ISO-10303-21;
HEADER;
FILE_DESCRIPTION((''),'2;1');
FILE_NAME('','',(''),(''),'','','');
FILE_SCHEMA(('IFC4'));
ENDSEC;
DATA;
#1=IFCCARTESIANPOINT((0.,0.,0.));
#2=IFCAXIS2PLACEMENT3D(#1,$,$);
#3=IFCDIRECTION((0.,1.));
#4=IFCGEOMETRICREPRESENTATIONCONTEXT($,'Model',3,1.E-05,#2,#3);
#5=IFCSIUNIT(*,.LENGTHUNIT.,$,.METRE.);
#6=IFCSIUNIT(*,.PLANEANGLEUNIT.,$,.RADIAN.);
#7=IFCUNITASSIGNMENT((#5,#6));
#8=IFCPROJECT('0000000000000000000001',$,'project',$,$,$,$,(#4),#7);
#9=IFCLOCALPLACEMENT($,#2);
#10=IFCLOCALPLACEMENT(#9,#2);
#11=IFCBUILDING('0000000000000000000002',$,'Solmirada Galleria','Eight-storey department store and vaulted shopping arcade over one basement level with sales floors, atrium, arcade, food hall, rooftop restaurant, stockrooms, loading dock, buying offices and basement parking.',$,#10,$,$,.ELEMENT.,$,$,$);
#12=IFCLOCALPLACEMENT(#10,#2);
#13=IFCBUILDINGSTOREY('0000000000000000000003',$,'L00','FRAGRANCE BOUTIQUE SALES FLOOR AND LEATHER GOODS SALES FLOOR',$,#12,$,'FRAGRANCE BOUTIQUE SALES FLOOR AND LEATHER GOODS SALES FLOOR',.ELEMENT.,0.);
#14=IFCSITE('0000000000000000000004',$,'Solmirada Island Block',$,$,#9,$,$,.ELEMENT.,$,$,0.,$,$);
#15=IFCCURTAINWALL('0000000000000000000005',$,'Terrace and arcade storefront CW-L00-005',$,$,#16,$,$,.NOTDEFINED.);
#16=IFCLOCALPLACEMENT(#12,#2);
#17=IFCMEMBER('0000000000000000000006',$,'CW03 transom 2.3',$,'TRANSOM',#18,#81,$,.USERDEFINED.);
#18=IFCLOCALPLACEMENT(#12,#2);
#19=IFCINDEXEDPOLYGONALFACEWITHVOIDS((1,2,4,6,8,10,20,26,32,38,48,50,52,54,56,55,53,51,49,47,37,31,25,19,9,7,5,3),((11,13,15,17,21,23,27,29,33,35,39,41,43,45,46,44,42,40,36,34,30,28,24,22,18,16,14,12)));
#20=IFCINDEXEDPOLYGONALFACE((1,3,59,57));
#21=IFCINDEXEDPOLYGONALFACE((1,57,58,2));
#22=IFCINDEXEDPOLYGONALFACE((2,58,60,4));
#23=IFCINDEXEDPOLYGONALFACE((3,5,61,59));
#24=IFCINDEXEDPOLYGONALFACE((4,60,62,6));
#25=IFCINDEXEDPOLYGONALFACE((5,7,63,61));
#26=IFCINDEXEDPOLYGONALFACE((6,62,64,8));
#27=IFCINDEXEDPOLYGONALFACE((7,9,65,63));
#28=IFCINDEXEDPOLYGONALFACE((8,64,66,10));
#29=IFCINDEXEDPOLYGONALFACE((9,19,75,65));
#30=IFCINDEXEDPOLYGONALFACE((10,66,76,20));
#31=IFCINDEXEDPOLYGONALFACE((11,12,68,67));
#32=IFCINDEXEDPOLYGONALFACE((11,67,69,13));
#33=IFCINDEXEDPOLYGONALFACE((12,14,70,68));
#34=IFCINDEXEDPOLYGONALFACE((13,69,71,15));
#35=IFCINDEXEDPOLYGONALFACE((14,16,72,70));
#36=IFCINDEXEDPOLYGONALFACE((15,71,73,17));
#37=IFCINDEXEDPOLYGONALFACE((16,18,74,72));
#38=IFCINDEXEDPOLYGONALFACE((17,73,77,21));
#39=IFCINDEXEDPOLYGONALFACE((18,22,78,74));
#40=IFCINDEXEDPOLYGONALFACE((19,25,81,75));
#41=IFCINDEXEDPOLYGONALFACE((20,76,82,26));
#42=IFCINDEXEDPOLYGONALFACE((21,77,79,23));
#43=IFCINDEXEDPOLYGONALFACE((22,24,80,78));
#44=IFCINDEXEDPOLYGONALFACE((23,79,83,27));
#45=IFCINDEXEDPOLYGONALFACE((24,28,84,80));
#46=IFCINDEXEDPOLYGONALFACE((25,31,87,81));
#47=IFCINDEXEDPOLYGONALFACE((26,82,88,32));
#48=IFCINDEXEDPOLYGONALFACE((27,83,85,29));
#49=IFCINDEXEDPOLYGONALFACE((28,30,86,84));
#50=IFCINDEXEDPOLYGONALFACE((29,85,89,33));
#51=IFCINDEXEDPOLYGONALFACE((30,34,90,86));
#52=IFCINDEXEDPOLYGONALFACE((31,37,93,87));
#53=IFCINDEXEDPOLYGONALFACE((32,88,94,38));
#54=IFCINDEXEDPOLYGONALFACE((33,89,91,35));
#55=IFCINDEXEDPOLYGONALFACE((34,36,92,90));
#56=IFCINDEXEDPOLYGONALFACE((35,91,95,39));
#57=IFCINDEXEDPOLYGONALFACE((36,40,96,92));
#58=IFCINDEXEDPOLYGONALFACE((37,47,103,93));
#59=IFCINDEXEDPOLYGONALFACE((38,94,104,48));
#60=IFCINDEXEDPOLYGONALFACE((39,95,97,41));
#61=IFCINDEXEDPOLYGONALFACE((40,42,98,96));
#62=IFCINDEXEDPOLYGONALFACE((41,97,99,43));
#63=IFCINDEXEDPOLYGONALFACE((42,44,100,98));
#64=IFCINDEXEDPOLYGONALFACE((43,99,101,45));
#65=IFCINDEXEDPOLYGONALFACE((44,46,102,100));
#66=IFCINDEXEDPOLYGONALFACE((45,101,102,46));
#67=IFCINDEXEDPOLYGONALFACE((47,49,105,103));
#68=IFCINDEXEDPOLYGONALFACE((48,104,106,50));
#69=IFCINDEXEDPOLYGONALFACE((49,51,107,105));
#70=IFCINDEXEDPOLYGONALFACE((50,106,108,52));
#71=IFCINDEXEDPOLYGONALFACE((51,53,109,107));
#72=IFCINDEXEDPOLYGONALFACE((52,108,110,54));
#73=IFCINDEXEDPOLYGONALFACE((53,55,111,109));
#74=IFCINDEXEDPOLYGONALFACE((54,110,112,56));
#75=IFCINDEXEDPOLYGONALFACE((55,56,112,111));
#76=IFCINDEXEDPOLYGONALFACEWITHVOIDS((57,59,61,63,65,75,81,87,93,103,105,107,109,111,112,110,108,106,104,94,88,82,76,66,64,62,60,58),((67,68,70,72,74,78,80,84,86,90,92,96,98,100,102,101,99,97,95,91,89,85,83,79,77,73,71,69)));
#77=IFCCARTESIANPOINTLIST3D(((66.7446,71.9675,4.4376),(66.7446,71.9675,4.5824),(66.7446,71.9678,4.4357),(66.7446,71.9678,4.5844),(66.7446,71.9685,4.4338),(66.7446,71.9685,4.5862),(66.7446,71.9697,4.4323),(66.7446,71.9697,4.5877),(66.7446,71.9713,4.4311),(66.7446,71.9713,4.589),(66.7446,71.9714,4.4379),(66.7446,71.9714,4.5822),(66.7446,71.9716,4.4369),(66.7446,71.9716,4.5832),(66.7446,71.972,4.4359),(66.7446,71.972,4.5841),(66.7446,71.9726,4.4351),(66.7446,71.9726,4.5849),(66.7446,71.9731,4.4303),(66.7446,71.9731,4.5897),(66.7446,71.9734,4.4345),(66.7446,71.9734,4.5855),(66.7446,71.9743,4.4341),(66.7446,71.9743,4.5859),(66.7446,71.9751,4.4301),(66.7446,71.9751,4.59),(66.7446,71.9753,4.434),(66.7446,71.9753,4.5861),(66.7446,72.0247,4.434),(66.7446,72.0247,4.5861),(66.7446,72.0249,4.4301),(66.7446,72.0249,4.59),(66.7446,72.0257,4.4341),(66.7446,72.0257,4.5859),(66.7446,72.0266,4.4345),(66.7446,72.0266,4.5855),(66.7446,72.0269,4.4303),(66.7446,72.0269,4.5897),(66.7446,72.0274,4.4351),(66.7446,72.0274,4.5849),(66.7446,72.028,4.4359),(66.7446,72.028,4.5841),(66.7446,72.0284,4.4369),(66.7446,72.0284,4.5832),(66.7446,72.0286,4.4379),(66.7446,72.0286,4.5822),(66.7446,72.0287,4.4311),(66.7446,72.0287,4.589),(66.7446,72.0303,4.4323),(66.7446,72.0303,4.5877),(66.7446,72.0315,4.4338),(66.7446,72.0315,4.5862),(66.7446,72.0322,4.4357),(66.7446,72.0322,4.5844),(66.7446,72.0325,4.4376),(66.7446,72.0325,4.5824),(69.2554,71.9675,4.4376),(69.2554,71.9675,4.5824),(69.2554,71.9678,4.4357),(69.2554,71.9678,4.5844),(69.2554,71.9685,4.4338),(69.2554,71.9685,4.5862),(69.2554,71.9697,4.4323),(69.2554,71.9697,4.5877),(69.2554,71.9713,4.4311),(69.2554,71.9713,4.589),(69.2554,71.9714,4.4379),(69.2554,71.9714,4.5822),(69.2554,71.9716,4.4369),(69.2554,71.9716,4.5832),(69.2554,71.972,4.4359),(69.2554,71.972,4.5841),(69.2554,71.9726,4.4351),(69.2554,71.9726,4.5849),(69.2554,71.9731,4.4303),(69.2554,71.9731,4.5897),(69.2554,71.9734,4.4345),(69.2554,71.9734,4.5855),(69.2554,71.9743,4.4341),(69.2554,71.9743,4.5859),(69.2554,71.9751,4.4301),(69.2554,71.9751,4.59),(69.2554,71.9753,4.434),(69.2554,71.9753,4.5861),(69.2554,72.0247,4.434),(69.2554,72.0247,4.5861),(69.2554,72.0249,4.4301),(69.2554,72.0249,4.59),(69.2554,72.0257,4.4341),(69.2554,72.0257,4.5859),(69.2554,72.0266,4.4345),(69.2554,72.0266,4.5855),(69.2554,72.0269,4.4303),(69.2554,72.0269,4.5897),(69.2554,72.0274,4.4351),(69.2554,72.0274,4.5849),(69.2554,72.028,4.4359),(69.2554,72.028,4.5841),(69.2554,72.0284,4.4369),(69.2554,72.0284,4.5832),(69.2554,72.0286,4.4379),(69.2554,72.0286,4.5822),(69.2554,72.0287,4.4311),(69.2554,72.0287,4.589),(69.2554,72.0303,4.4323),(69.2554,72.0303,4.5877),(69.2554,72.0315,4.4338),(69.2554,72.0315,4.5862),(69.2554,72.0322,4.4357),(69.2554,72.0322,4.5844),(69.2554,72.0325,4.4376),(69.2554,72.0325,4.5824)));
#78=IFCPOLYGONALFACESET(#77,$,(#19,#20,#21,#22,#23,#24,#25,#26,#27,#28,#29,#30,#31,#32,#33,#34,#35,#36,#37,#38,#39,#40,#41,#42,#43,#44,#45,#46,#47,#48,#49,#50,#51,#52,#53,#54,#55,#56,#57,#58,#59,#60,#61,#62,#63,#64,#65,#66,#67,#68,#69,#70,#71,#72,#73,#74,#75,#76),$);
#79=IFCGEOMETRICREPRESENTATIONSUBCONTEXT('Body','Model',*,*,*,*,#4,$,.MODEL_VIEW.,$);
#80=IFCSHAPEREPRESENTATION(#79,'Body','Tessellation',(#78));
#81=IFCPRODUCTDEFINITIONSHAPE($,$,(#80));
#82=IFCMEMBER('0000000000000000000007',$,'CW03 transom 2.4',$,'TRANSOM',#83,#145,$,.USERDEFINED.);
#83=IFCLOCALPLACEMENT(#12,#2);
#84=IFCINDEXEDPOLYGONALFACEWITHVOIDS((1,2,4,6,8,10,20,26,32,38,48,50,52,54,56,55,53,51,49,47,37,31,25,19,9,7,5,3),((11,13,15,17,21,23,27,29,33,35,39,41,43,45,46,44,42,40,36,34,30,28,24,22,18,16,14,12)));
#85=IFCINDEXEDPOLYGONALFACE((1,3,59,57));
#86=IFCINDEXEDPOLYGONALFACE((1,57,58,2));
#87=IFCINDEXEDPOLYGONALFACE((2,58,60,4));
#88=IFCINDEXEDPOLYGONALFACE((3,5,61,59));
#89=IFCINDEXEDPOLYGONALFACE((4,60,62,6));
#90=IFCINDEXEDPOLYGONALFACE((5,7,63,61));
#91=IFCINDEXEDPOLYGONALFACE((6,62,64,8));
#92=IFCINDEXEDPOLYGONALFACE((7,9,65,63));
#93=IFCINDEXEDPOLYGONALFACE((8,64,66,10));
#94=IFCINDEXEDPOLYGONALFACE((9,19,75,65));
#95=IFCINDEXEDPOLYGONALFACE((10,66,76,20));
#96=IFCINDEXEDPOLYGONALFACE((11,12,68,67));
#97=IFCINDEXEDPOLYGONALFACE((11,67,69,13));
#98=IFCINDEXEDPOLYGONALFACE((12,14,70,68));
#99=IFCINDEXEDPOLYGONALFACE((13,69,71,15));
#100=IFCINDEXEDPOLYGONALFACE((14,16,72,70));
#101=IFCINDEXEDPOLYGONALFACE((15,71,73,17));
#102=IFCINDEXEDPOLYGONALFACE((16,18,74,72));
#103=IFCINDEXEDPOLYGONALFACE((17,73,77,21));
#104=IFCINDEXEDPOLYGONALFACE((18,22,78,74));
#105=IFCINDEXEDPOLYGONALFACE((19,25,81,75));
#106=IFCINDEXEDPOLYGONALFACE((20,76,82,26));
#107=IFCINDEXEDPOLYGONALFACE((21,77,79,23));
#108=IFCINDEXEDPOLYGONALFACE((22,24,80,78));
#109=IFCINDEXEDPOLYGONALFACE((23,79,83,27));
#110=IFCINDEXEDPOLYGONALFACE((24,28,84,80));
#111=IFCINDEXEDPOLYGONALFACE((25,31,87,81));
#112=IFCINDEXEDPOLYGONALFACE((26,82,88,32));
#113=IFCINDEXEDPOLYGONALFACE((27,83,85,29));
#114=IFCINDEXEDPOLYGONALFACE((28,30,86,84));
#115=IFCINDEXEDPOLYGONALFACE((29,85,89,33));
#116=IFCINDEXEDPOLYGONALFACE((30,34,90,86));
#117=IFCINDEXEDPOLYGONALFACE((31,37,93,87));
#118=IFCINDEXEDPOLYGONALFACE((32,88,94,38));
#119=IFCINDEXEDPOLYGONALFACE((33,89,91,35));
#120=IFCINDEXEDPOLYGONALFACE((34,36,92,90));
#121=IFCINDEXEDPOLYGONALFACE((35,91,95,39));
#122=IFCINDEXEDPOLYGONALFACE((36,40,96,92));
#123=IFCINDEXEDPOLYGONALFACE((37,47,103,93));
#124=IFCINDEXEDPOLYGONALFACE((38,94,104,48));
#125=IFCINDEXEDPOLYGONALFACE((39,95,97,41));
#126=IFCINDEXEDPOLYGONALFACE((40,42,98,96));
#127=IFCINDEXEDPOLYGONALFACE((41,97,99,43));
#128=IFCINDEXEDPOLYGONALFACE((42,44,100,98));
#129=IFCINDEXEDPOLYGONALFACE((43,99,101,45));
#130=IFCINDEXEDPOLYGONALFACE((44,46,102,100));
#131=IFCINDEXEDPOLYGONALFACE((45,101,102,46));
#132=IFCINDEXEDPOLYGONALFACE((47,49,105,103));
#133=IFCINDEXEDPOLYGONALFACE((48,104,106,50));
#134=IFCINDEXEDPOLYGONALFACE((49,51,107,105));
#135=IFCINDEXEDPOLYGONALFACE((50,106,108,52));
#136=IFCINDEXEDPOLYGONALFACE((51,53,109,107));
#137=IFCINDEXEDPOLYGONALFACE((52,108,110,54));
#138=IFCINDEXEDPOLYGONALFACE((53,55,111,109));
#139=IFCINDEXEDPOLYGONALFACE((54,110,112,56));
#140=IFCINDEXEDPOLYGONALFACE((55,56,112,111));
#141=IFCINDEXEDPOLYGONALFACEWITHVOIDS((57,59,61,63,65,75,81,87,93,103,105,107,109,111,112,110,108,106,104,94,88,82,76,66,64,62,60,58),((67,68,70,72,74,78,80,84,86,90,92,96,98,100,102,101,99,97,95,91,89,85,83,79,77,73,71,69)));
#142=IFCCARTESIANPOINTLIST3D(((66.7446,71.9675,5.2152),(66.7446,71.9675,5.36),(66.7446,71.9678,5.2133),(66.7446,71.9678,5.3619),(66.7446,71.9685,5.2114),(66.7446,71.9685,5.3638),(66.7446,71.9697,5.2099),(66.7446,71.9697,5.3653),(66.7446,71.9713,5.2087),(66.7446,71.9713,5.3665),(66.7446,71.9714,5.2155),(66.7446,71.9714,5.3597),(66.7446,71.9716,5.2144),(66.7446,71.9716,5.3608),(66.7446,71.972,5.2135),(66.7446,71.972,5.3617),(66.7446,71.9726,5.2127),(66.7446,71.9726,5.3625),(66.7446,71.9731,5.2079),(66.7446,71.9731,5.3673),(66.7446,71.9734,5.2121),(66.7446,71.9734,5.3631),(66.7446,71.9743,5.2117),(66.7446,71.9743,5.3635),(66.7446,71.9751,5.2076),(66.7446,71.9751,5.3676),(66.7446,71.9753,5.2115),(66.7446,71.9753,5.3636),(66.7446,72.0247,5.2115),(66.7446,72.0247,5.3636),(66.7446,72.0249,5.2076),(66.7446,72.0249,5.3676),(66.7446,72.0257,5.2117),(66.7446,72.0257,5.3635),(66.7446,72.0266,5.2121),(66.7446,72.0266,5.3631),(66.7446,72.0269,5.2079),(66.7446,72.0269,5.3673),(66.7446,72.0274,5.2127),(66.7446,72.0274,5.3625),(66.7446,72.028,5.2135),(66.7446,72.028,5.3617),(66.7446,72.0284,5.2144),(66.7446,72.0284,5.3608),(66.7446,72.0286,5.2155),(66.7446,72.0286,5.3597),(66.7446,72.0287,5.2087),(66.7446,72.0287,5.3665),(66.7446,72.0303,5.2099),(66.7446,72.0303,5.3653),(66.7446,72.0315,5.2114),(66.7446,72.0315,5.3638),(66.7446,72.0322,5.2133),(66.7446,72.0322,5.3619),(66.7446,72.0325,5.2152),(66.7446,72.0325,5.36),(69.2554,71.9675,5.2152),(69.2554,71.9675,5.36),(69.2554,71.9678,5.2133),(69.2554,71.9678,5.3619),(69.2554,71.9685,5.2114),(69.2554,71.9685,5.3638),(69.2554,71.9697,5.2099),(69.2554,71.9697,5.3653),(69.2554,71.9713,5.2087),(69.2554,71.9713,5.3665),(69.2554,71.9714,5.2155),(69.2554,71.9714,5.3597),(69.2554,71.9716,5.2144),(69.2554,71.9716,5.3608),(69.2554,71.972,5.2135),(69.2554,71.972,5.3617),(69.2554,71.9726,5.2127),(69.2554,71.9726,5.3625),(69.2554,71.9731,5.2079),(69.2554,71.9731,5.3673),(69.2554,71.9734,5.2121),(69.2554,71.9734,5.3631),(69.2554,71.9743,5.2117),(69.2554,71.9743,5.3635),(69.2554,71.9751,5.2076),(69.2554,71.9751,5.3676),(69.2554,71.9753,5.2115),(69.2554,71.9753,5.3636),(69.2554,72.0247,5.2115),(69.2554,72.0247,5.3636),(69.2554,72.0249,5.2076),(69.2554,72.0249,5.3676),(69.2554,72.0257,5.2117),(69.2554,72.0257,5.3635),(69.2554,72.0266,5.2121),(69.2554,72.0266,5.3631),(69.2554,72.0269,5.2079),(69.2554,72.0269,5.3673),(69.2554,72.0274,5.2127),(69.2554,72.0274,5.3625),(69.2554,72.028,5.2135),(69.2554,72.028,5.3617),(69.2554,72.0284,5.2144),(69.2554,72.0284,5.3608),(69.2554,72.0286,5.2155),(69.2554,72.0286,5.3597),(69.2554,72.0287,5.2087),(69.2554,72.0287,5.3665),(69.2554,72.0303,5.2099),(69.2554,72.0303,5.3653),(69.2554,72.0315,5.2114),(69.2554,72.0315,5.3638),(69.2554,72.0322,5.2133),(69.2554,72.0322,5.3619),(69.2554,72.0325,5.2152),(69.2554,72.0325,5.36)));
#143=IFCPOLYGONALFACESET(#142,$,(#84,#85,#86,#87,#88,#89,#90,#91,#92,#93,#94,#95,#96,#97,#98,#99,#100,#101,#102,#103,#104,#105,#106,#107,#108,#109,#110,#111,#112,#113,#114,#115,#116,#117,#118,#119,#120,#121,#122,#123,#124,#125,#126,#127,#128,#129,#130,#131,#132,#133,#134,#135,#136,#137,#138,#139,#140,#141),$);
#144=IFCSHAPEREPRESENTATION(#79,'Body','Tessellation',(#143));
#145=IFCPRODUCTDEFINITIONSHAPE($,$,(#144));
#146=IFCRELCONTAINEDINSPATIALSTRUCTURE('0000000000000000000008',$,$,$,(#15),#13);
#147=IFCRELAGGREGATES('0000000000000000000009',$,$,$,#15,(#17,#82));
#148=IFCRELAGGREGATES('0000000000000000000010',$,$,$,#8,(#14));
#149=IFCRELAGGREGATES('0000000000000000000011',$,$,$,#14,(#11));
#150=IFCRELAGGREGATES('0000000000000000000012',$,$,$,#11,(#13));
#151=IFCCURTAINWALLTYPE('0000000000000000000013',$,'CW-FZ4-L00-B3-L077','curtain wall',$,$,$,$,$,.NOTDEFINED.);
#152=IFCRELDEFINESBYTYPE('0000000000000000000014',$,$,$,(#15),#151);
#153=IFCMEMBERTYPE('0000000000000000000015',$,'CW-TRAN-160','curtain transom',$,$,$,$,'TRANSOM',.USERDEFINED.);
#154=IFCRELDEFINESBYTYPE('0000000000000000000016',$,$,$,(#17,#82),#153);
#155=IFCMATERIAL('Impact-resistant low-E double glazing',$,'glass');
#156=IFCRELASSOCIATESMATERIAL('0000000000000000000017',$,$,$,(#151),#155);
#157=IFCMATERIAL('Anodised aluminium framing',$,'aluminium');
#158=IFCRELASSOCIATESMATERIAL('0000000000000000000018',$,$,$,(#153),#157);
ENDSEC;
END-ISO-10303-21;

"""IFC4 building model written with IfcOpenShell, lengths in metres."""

from ifc_helpers import new_model, si_unit, direction, frame, origin, origin_2d, place, context, subcontext, project, spatial, hollow_rectangle, extrude, material, material_profile, profile_set, type_object, element, aggregate, save


model = new_model("IFC4")

# Units and contexts
model_context = context("Model", 3, precision=1e-05, world=origin(), true_north=direction((0.0, 1.0)))
body_context = subcontext(model_context, "Body", "Model", "MODEL_VIEW")
ifc_project = project(units=[si_unit("LENGTHUNIT", "METRE"), si_unit("PLANEANGLEUNIT", "RADIAN")], contexts=[model_context])

# Site, building, storey
site_placement = place(None, origin())
site = spatial("IfcSite", under=ifc_project, at=site_placement, Name="Solmirada Island Block", CompositionType="ELEMENT", RefElevation=0.0)
building_placement = place(site_placement, origin())
building = spatial("IfcBuilding", under=site, at=building_placement, Name="Solmirada Galleria", Description="Eight-storey department store and vaulted shopping arcade over one basement level with sales floors, atrium, arcade, food hall, rooftop restaurant, stockrooms, loading dock, buying offices and basement parking.", CompositionType="ELEMENT")
storey_placement = place(building_placement, origin())
storey = spatial("IfcBuildingStorey", under=building, at=storey_placement, Name="L00", Description="FRAGRANCE BOUTIQUE SALES FLOOR AND LEATHER GOODS SALES FLOOR", LongName="FRAGRANCE BOUTIQUE SALES FLOOR AND LEATHER GOODS SALES FLOOR", CompositionType="ELEMENT", Elevation=0.0)

# Shared definitions
ifc_material_1 = material(Name="Impact-resistant low-E double glazing", Category="glass")
ifc_material_2 = material(Name="Anodised aluminium framing", Category="aluminium")

# Curtain wall
curtain_wall_type_1 = type_object("IfcCurtainWallType", Name="CW-FZ4-L00-B3-L077", Description="curtain wall", PredefinedType="NOTDEFINED", material=ifc_material_1)
curtain_wall_1_placement = place(storey_placement, origin())
curtain_wall_1 = element("IfcCurtainWall", 1, at=curtain_wall_1_placement, inside=storey, type_object=curtain_wall_type_1, Name="Terrace and arcade storefront CW-L00-005", PredefinedType="NOTDEFINED")

# Members
ifc_material_profile_1 = material_profile(ifc_material_2, hollow_rectangle(XDim=0.0649, YDim=0.1599, WallThickness=0.0039, InnerFilletRadius=0.0039, OuterFilletRadius=0.0076, at=origin_2d()), Name="ALU-TRAN-160X65")
ifc_profile_set_1 = profile_set([ifc_material_profile_1], Name="Anodised aluminium framing")
member_type_1 = type_object("IfcMemberType", Name="CW-TRAN-160", Description="curtain transom", ElementType="TRANSOM", PredefinedType="USERDEFINED", material=ifc_profile_set_1)
member_1_placement = place(storey_placement, frame((69.2554, 72.0, 4.51), z_axis=(-1.0, 0.0, 0.0), x_axis=(0.0, -1.0, 0.0)))
member_1 = element("IfcMember", 2, at=member_1_placement, type_object=member_type_1, Name="CW03 transom 2.3", ObjectType="TRANSOM", PredefinedType="USERDEFINED", context=body_context, shape_type="SweptSolid", body=[
    extrude(hollow_rectangle(XDim=0.0649, YDim=0.1599, WallThickness=0.0039, InnerFilletRadius=0.0039, OuterFilletRadius=0.0076, at=origin_2d()), origin(), (0.0, 0.0, 1.0), 2.5107),
])
member_2_placement = place(storey_placement, frame((69.2554, 72.0, 5.2876), z_axis=(-1.0, 0.0, 0.0), x_axis=(0.0, -1.0, 0.0)))
member_2 = element("IfcMember", 3, at=member_2_placement, type_object=member_type_1, Name="CW03 transom 2.4", ObjectType="TRANSOM", PredefinedType="USERDEFINED", context=body_context, shape_type="SweptSolid", body=[
    extrude(hollow_rectangle(XDim=0.0649, YDim=0.1599, WallThickness=0.0039, InnerFilletRadius=0.0039, OuterFilletRadius=0.0076, at=origin_2d()), origin(), (0.0, 0.0, 1.0), 2.5107),
])

aggregate(curtain_wall_1, [member_1, member_2])

save(model, "model.ifc")
